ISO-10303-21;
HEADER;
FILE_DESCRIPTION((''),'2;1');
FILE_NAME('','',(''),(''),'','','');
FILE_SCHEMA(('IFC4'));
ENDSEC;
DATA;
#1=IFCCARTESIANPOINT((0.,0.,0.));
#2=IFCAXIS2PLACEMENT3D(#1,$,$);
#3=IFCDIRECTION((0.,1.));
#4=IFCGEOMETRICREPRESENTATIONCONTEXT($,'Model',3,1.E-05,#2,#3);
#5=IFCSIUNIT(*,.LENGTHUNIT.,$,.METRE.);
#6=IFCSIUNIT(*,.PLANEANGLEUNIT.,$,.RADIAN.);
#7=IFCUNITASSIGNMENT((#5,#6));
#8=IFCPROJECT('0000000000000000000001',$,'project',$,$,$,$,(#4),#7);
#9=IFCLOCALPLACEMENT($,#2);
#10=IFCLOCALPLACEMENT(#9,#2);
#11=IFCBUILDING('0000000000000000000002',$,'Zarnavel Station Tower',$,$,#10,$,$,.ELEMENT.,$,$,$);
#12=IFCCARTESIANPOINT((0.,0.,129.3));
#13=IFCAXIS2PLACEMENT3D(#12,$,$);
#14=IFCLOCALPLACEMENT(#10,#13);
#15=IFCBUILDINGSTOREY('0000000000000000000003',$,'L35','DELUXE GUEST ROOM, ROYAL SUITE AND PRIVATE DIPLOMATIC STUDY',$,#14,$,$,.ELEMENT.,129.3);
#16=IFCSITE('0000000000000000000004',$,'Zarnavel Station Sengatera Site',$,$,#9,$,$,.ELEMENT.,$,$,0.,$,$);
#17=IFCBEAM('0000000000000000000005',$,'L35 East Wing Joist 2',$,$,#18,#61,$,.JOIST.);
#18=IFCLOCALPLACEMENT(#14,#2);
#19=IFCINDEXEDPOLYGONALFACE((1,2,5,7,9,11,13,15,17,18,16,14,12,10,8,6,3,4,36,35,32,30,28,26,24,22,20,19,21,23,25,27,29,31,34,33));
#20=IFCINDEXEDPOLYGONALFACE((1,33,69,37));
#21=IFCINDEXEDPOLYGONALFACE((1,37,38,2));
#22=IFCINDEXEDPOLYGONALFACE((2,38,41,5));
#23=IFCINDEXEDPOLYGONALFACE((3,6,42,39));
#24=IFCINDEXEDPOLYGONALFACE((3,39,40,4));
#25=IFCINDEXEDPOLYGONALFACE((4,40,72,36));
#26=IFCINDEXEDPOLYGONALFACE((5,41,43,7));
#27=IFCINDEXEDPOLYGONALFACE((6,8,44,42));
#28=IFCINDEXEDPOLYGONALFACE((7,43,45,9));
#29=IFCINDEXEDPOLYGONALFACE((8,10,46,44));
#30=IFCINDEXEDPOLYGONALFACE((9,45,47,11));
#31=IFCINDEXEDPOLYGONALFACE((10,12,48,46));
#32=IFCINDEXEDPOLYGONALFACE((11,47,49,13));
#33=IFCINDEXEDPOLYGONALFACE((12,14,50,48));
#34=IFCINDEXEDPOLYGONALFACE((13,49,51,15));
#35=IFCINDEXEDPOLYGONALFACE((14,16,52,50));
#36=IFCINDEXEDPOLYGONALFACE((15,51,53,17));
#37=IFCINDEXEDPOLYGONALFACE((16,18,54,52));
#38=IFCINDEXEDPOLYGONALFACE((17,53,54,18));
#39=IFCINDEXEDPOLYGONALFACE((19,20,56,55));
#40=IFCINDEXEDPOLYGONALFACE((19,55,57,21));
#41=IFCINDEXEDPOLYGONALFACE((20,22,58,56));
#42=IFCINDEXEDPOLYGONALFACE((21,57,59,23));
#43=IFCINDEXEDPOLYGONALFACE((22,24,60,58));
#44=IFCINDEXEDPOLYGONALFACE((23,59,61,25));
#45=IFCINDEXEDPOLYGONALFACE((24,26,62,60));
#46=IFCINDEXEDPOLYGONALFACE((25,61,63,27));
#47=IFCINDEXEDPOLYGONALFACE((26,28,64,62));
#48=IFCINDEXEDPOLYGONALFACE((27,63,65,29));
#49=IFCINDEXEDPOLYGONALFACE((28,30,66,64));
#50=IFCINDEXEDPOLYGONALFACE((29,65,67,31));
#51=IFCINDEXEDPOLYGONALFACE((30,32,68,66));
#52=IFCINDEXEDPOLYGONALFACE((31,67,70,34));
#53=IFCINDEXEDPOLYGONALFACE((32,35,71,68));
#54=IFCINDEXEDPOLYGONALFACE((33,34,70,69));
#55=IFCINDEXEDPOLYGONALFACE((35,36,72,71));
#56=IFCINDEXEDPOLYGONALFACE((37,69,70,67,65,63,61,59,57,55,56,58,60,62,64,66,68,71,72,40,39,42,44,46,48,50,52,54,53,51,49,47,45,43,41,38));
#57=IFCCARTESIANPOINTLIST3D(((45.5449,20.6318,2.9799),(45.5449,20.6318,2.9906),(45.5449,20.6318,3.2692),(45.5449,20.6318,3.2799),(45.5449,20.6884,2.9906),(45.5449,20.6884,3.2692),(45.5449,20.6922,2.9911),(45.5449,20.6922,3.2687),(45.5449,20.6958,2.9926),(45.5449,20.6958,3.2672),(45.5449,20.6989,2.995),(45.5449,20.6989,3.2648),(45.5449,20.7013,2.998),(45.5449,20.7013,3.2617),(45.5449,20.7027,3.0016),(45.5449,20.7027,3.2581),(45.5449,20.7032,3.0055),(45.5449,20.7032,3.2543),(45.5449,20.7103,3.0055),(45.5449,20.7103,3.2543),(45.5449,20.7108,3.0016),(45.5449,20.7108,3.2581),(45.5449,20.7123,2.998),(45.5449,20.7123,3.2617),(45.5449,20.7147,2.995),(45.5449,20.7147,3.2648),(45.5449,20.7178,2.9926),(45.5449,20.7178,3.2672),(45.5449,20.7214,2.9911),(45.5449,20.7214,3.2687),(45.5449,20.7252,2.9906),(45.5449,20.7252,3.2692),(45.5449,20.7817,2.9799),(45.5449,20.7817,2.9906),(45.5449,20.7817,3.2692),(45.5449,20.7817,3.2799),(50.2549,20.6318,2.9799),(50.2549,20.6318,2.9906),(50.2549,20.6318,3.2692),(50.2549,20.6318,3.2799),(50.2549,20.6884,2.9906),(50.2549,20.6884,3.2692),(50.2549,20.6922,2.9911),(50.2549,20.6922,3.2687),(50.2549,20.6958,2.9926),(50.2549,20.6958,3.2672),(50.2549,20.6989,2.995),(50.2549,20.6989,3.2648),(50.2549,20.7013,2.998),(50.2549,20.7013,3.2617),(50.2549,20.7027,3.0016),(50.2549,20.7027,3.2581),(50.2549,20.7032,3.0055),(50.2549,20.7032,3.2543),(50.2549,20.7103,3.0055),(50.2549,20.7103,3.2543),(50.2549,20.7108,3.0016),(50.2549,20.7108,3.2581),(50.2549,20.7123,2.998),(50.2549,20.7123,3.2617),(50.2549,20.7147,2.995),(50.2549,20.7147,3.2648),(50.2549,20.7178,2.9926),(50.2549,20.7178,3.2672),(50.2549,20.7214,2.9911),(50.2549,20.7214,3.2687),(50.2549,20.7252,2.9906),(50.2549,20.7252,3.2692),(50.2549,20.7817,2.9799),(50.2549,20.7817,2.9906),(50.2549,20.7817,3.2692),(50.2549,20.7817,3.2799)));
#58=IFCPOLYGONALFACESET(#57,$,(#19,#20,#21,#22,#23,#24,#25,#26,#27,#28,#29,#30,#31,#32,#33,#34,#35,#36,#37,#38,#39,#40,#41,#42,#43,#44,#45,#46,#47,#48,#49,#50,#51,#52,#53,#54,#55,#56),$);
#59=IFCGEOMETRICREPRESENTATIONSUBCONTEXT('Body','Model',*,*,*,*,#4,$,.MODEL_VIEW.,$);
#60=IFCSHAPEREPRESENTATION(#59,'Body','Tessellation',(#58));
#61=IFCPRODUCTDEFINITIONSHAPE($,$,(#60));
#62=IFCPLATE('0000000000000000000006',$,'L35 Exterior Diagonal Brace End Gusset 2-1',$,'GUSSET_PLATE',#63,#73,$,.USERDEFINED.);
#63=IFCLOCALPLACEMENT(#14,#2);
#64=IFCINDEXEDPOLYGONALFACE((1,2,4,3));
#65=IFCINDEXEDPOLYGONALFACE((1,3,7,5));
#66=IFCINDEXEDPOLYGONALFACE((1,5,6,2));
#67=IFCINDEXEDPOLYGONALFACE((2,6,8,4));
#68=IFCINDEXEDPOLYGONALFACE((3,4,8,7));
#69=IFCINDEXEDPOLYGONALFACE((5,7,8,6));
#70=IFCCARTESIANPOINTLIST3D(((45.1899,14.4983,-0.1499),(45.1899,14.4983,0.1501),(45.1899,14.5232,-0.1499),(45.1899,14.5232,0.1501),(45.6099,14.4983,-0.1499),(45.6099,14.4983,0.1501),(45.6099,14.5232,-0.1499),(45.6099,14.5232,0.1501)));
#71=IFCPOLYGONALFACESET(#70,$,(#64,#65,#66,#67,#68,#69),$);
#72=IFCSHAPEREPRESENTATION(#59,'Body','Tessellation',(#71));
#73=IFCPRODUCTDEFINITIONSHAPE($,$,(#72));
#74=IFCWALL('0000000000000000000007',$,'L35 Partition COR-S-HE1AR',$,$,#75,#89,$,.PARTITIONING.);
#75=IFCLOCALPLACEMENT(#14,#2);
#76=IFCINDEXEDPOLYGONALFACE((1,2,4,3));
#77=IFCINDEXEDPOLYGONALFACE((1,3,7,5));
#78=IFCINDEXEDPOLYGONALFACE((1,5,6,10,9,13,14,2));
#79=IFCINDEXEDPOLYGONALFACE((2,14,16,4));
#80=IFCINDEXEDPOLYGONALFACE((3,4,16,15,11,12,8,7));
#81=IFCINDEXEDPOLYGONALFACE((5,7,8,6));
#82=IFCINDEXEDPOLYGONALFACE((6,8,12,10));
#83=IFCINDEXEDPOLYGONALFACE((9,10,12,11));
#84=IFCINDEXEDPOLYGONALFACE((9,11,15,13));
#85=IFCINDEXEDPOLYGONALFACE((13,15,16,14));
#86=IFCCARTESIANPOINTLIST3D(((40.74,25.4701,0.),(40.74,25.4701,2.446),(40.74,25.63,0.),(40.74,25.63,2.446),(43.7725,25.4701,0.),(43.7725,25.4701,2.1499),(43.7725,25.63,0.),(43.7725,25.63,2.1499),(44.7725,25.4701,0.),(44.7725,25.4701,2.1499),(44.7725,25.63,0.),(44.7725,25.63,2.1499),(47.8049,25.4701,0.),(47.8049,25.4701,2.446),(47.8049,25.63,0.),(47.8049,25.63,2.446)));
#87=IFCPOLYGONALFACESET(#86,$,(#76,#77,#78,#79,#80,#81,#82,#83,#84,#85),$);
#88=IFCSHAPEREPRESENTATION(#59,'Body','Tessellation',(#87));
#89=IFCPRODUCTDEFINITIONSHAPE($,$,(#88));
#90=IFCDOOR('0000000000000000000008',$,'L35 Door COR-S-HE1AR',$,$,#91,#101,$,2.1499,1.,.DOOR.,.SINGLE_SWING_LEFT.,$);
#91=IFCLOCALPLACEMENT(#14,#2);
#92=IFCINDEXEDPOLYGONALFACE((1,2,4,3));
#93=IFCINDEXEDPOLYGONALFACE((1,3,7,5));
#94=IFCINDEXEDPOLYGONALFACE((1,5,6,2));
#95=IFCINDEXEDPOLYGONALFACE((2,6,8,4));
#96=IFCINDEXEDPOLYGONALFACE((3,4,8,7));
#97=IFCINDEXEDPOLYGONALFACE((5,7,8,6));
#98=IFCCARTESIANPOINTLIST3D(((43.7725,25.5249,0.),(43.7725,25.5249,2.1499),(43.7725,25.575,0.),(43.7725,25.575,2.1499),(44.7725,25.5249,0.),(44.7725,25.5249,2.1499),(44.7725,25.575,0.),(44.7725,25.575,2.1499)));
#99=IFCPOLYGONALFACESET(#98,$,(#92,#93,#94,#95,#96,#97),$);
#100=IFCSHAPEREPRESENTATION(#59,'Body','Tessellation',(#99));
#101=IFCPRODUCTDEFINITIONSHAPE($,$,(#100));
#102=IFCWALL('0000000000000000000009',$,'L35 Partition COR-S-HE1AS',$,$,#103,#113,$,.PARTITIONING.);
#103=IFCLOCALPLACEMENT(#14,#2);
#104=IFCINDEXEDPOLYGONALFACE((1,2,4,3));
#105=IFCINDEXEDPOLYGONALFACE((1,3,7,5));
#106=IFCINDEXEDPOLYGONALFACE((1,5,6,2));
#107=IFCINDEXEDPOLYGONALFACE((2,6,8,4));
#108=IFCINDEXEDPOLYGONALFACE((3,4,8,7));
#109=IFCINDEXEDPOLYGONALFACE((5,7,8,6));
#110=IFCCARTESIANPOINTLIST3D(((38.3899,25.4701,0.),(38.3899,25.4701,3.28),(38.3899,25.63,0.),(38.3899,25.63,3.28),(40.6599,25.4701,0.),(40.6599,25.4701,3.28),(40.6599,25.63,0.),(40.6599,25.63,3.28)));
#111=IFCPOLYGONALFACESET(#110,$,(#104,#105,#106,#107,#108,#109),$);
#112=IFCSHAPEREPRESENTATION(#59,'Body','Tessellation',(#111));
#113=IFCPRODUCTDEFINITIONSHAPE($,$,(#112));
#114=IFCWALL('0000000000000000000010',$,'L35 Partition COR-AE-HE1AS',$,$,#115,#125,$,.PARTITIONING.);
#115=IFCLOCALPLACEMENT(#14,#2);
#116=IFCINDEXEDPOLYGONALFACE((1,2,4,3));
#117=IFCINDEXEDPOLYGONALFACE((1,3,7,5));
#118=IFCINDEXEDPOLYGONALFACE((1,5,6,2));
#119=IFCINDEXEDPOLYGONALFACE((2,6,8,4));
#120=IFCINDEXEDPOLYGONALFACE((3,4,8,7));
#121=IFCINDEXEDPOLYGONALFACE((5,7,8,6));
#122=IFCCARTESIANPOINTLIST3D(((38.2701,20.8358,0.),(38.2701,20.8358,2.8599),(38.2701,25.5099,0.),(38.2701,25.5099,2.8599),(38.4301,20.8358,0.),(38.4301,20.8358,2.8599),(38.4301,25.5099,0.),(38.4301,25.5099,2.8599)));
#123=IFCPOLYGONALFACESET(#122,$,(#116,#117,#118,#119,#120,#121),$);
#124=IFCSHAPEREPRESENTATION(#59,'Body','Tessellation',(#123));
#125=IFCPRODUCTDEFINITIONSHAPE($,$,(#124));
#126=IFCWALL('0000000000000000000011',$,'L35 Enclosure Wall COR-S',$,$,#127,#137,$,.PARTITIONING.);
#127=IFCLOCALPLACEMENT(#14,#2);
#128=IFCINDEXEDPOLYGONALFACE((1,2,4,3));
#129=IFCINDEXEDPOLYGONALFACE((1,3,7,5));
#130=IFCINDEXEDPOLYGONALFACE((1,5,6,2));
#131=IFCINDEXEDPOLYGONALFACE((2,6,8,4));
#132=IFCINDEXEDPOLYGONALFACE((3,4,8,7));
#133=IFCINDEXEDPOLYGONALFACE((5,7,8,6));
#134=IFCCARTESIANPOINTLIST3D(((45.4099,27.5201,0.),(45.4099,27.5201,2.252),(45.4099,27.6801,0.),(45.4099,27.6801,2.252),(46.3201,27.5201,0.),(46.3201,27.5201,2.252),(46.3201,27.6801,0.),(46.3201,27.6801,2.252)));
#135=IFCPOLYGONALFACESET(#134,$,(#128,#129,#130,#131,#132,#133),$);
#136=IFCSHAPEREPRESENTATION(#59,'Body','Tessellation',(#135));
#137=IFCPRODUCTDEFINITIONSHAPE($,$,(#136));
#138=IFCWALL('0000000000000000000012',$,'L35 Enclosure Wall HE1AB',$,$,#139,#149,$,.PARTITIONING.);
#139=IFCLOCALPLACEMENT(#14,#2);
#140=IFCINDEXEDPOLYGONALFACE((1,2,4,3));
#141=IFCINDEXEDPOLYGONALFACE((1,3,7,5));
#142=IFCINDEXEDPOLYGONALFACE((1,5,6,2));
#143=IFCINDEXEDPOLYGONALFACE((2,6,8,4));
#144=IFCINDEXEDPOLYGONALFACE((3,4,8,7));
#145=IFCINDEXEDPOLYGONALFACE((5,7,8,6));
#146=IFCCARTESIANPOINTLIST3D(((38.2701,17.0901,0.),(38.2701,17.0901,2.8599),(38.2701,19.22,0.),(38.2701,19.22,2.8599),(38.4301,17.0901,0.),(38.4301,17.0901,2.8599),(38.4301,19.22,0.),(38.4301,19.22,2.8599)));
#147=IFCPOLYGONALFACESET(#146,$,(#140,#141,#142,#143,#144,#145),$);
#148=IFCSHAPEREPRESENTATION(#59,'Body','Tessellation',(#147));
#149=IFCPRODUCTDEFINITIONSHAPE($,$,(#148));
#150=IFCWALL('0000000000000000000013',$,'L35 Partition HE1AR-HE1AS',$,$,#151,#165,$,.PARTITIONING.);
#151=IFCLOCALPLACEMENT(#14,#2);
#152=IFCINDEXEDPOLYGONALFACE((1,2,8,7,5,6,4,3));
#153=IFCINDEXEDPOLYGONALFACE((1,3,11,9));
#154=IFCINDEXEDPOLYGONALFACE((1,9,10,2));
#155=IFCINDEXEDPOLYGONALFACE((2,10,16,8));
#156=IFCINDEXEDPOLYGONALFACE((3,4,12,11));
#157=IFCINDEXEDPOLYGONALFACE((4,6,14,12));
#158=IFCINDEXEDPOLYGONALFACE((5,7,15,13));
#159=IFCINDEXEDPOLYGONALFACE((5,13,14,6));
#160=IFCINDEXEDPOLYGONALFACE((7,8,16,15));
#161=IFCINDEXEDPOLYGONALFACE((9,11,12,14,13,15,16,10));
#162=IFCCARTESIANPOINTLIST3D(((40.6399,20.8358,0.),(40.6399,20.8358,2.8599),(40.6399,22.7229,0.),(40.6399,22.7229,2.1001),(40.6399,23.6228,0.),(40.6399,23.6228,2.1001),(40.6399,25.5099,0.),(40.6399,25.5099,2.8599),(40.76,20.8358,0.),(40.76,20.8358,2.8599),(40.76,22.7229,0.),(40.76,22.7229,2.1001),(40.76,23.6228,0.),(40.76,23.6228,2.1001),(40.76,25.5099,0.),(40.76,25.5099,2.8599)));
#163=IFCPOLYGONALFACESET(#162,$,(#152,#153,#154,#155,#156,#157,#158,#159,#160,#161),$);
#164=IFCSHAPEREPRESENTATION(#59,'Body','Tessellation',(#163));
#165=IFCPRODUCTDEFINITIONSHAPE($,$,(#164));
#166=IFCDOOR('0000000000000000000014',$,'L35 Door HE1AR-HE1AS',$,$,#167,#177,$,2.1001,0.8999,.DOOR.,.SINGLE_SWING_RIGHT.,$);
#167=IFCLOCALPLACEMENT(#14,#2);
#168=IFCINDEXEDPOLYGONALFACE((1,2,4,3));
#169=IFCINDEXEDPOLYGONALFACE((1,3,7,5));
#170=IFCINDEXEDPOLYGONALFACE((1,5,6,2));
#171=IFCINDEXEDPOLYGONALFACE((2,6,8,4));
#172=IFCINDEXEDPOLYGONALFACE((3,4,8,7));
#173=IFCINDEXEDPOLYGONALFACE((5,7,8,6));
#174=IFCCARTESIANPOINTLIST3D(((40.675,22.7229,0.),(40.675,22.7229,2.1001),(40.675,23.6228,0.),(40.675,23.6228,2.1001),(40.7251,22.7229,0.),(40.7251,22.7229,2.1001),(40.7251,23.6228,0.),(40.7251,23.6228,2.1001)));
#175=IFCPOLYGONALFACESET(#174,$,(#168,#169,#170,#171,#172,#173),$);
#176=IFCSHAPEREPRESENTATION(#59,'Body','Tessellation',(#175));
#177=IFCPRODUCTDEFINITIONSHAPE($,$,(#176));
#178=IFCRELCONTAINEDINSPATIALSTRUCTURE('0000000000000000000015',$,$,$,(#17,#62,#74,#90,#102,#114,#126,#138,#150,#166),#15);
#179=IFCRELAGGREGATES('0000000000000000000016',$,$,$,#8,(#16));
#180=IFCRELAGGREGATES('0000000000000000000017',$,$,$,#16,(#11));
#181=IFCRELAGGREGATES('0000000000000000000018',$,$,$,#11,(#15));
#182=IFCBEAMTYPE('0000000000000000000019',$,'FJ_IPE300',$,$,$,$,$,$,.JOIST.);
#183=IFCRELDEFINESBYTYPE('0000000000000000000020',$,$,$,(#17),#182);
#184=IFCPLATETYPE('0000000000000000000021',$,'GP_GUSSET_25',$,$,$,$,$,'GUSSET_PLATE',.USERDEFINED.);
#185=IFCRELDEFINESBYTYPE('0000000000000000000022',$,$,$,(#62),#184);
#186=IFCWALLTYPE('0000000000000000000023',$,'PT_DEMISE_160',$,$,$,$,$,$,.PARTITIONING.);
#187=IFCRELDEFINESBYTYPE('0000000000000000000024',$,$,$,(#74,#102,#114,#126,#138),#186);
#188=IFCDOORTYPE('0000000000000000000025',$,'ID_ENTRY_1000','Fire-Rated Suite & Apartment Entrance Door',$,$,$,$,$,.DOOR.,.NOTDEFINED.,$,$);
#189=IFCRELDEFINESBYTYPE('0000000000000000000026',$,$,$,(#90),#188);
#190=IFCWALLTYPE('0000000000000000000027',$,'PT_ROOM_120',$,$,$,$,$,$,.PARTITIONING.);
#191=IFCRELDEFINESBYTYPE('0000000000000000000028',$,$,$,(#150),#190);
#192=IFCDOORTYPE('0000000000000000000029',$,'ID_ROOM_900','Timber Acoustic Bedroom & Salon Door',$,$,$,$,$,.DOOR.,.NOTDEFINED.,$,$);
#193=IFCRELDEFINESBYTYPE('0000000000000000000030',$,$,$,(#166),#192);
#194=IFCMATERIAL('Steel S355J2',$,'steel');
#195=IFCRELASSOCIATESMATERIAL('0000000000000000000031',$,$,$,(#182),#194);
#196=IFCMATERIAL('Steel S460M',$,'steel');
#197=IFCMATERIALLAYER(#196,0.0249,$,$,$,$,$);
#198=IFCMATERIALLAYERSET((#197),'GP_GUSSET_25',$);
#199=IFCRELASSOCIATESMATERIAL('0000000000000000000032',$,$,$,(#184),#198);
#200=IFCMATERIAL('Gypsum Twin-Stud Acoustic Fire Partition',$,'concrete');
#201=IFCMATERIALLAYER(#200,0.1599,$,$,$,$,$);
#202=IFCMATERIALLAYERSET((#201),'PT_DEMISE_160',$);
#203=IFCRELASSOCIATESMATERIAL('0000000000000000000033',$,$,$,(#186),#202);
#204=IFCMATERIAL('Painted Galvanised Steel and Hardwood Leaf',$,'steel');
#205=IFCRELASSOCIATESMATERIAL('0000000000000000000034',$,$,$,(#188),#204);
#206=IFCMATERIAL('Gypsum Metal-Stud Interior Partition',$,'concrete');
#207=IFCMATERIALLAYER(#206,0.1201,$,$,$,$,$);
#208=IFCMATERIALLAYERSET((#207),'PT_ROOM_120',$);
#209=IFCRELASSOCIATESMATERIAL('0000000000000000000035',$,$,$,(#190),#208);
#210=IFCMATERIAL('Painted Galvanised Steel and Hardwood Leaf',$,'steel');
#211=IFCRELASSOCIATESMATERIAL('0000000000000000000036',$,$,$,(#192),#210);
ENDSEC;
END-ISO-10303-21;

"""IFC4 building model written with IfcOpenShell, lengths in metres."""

from ifc_helpers import new_model, si_unit, direction, frame, frame_2d, origin, origin_2d, place, context, subcontext, project, spatial, rectangle, i_section, extrude, material, layer, layer_set, material_profile, profile_set, type_object, element, fill, save


model = new_model("IFC4")

# Units and contexts
model_context = context("Model", 3, precision=1e-05, world=origin(), true_north=direction((0.0, 1.0)))
body_context = subcontext(model_context, "Body", "Model", "MODEL_VIEW")
ifc_project = project(units=[si_unit("LENGTHUNIT", "METRE"), si_unit("PLANEANGLEUNIT", "RADIAN")], contexts=[model_context])

# Site, building, storey
site_placement = place(None, origin())
site = spatial("IfcSite", under=ifc_project, at=site_placement, Name="Zarnavel Station Sengatera Site", CompositionType="ELEMENT", RefElevation=0.0)
building_placement = place(site_placement, origin())
building = spatial("IfcBuilding", under=site, at=building_placement, Name="Zarnavel Station Tower", CompositionType="ELEMENT")
storey_placement = place(building_placement, frame((0.0, 0.0, 129.3)))
storey = spatial("IfcBuildingStorey", under=building, at=storey_placement, Name="L35", Description="DELUXE GUEST ROOM, ROYAL SUITE AND PRIVATE DIPLOMATIC STUDY", CompositionType="ELEMENT", Elevation=129.3)

# Beam
ifc_material_1 = material(Name="Steel S355J2", Category="steel")
ifc_material_profile_1 = material_profile(ifc_material_1, i_section(OverallWidth=0.1499, OverallDepth=0.3, WebThickness=0.0071, FlangeThickness=0.0107, FilletRadius=0.0149, at=origin_2d()), Name="IPE300")
ifc_profile_set_1 = profile_set([ifc_material_profile_1], Name="Steel S355J2")
beam_type_1 = type_object("IfcBeamType", Name="FJ_IPE300", PredefinedType="JOIST", material=ifc_profile_set_1)
for number, where, z_axis, x_axis, name in (
    (1, (45.5449, 20.7068, 3.1299), (1.0, 0.0, 0.0), (0.0, 1.0, 0.0), "L35 East Wing Joist 2"),
):
    element("IfcBeam", number, at=place(storey_placement, frame(where, z_axis=z_axis, x_axis=x_axis)), inside=storey, type_object=beam_type_1, Name=name, PredefinedType="JOIST", context=body_context, shape_type="SweptSolid", body=[
        extrude(i_section(OverallWidth=0.1499, OverallDepth=0.3, WebThickness=0.0071, FlangeThickness=0.0107, FilletRadius=0.0149, at=origin_2d()), origin(), (0.0, 0.0, 1.0), 4.71),
    ])

# Plate
ifc_material_2 = material(Name="Steel S460M", Category="steel")
ifc_layer_1 = layer(ifc_material_2, 0.0249)
ifc_layer_set_1 = layer_set([ifc_layer_1], Name="GP_GUSSET_25")
plate_type = type_object("IfcPlateType", Name="GP_GUSSET_25", ElementType="GUSSET_PLATE", PredefinedType="USERDEFINED", material=ifc_layer_set_1)
plate_placement = place(storey_placement, frame((45.3999, 14.5107, -0.1499), z_axis=(0.0, 0.0, 1.0), x_axis=(1.0, 0.0, 0.0)))
element("IfcPlate", 2, at=plate_placement, inside=storey, type_object=plate_type, Name="L35 Exterior Diagonal Brace End Gusset 2-1", ObjectType="GUSSET_PLATE", PredefinedType="USERDEFINED", context=body_context, shape_type="SweptSolid", body=[
    extrude(rectangle(XDim=0.4199, YDim=0.0249, at=origin_2d()), origin(), (0.0, 0.0, 1.0), 0.3),
])

# Wall, opening, door
ifc_material_3 = material(Name="Gypsum Twin-Stud Acoustic Fire Partition", Category="concrete")
ifc_layer_2 = layer(ifc_material_3, 0.1599)
ifc_layer_set_2 = layer_set([ifc_layer_2], Name="PT_DEMISE_160")
wall_type_1 = type_object("IfcWallType", Name="PT_DEMISE_160", PredefinedType="PARTITIONING", material=ifc_layer_set_2)
wall_1_placement = place(storey_placement, frame((40.74, 25.55, 0.0), z_axis=(0.0, 0.0, 1.0), x_axis=(1.0, 0.0, 0.0)))
wall_1 = element("IfcWall", 3, at=wall_1_placement, inside=storey, type_object=wall_type_1, Name="L35 Partition COR-S-HE1AR", PredefinedType="PARTITIONING", context=body_context, shape_type="SweptSolid", body=[
    extrude(rectangle(XDim=7.0649, YDim=0.1599, at=frame_2d((3.5325, 0.0))), origin(), (0.0, 0.0, 1.0), 2.446),
])
opening_1_placement = place(wall_1_placement, frame((3.0325, 0.0, 0.0)))
opening_1 = element("IfcOpeningElement", 4, at=opening_1_placement, cuts=wall_1, PredefinedType="OPENING", context=body_context, shape_type="SweptSolid", body=[
    extrude(rectangle(XDim=1.0, YDim=2.1499, at=frame_2d((0.5, 1.075))), frame((0.0, 0.0898, 0.0), z_axis=(0.0, -1.0, 0.0), x_axis=(1.0, 0.0, 0.0)), (0.0, 0.0, 1.0), 0.1799),
])
ifc_material_4 = material(Name="Painted Galvanised Steel and Hardwood Leaf", Category="steel")
door_type_1 = type_object("IfcDoorType", Name="ID_ENTRY_1000", Description="Fire-Rated Suite & Apartment Entrance Door", OperationType="NOTDEFINED", PredefinedType="DOOR", material=ifc_material_4)
door_1_placement = place(opening_1_placement, origin())
door_1 = element("IfcDoor", 5, at=door_1_placement, inside=storey, type_object=door_type_1, Name="L35 Door COR-S-HE1AR", OperationType="SINGLE_SWING_LEFT", OverallHeight=2.1499, OverallWidth=1.0, PredefinedType="DOOR", context=body_context, shape_type="SweptSolid", body=[
    extrude(rectangle(XDim=1.0, YDim=2.1499, at=frame_2d((0.5, 1.075))), frame((0.0, 0.0249, 0.0), z_axis=(0.0, -1.0, 0.0), x_axis=(1.0, 0.0, 0.0)), (0.0, 0.0, 1.0), 0.05),
])
fill(opening_1, door_1)

# Walls
wall_2_placement = place(storey_placement, frame((38.3899, 25.55, 0.0), z_axis=(0.0, 0.0, 1.0), x_axis=(1.0, 0.0, 0.0)))
element("IfcWall", 6, at=wall_2_placement, inside=storey, type_object=wall_type_1, Name="L35 Partition COR-S-HE1AS", PredefinedType="PARTITIONING", context=body_context, shape_type="SweptSolid", body=[
    extrude(rectangle(XDim=2.27, YDim=0.1599, at=frame_2d((1.135, 0.0))), origin(), (0.0, 0.0, 1.0), 3.28),
])
wall_3_placement = place(storey_placement, frame((38.3501, 20.8359, 0.0), z_axis=(0.0, 0.0, 1.0), x_axis=(0.0, 1.0, 0.0)))
element("IfcWall", 7, at=wall_3_placement, inside=storey, type_object=wall_type_1, Name="L35 Partition COR-AE-HE1AS", PredefinedType="PARTITIONING", context=body_context, shape_type="SweptSolid", body=[
    extrude(rectangle(XDim=4.6741, YDim=0.1599, at=frame_2d((2.3369, 0.0))), origin(), (0.0, 0.0, 1.0), 2.8599),
])
wall_4_placement = place(storey_placement, frame((45.4099, 27.6001, 0.0), z_axis=(0.0, 0.0, 1.0), x_axis=(1.0, 0.0, 0.0)))
element("IfcWall", 8, at=wall_4_placement, inside=storey, type_object=wall_type_1, Name="L35 Enclosure Wall COR-S", PredefinedType="PARTITIONING", context=body_context, shape_type="SweptSolid", body=[
    extrude(rectangle(XDim=0.9102, YDim=0.1599, at=frame_2d((0.4551, 0.0))), origin(), (0.0, 0.0, 1.0), 2.252),
])
wall_5_placement = place(storey_placement, frame((38.3501, 17.0901, 0.0), z_axis=(0.0, 0.0, 1.0), x_axis=(0.0, 1.0, 0.0)))
element("IfcWall", 9, at=wall_5_placement, inside=storey, type_object=wall_type_1, Name="L35 Enclosure Wall HE1AB", PredefinedType="PARTITIONING", context=body_context, shape_type="SweptSolid", body=[
    extrude(rectangle(XDim=2.1299, YDim=0.1599, at=frame_2d((1.0649, 0.0))), origin(), (0.0, 0.0, 1.0), 2.8599),
])

# Wall, opening, door
ifc_material_5 = material(Name="Gypsum Metal-Stud Interior Partition", Category="concrete")
ifc_layer_3 = layer(ifc_material_5, 0.1201)
ifc_layer_set_3 = layer_set([ifc_layer_3], Name="PT_ROOM_120")
wall_type_2 = type_object("IfcWallType", Name="PT_ROOM_120", PredefinedType="PARTITIONING", material=ifc_layer_set_3)
wall_6_placement = place(storey_placement, frame((40.7, 20.8359, 0.0), z_axis=(0.0, 0.0, 1.0), x_axis=(0.0, 1.0, 0.0)))
wall_6 = element("IfcWall", 10, at=wall_6_placement, inside=storey, type_object=wall_type_2, Name="L35 Partition HE1AR-HE1AS", PredefinedType="PARTITIONING", context=body_context, shape_type="SweptSolid", body=[
    extrude(rectangle(XDim=4.6741, YDim=0.1201, at=frame_2d((2.3369, 0.0))), origin(), (0.0, 0.0, 1.0), 2.8599),
])
opening_2_placement = place(wall_6_placement, frame((1.887, 0.0, 0.0)))
opening_2 = element("IfcOpeningElement", 11, at=opening_2_placement, cuts=wall_6, PredefinedType="OPENING", context=body_context, shape_type="SweptSolid", body=[
    extrude(rectangle(XDim=0.8999, YDim=2.1001, at=frame_2d((0.45, 1.05))), frame((0.0, 0.0701, 0.0), z_axis=(0.0, -1.0, 0.0), x_axis=(1.0, 0.0, 0.0)), (0.0, 0.0, 1.0), 0.1401),
])
ifc_material_6 = material(Name="Painted Galvanised Steel and Hardwood Leaf", Category="steel")
door_type_2 = type_object("IfcDoorType", Name="ID_ROOM_900", Description="Timber Acoustic Bedroom & Salon Door", OperationType="NOTDEFINED", PredefinedType="DOOR", material=ifc_material_6)
door_2_placement = place(opening_2_placement, origin())
door_2 = element("IfcDoor", 12, at=door_2_placement, inside=storey, type_object=door_type_2, Name="L35 Door HE1AR-HE1AS", OperationType="SINGLE_SWING_RIGHT", OverallHeight=2.1001, OverallWidth=0.8999, PredefinedType="DOOR", context=body_context, shape_type="SweptSolid", body=[
    extrude(rectangle(XDim=0.8999, YDim=2.1001, at=frame_2d((0.45, 1.05))), frame((0.0, 0.0249, 0.0), z_axis=(0.0, -1.0, 0.0), x_axis=(1.0, 0.0, 0.0)), (0.0, 0.0, 1.0), 0.05),
])
fill(opening_2, door_2)

save(model, "model.ifc")
